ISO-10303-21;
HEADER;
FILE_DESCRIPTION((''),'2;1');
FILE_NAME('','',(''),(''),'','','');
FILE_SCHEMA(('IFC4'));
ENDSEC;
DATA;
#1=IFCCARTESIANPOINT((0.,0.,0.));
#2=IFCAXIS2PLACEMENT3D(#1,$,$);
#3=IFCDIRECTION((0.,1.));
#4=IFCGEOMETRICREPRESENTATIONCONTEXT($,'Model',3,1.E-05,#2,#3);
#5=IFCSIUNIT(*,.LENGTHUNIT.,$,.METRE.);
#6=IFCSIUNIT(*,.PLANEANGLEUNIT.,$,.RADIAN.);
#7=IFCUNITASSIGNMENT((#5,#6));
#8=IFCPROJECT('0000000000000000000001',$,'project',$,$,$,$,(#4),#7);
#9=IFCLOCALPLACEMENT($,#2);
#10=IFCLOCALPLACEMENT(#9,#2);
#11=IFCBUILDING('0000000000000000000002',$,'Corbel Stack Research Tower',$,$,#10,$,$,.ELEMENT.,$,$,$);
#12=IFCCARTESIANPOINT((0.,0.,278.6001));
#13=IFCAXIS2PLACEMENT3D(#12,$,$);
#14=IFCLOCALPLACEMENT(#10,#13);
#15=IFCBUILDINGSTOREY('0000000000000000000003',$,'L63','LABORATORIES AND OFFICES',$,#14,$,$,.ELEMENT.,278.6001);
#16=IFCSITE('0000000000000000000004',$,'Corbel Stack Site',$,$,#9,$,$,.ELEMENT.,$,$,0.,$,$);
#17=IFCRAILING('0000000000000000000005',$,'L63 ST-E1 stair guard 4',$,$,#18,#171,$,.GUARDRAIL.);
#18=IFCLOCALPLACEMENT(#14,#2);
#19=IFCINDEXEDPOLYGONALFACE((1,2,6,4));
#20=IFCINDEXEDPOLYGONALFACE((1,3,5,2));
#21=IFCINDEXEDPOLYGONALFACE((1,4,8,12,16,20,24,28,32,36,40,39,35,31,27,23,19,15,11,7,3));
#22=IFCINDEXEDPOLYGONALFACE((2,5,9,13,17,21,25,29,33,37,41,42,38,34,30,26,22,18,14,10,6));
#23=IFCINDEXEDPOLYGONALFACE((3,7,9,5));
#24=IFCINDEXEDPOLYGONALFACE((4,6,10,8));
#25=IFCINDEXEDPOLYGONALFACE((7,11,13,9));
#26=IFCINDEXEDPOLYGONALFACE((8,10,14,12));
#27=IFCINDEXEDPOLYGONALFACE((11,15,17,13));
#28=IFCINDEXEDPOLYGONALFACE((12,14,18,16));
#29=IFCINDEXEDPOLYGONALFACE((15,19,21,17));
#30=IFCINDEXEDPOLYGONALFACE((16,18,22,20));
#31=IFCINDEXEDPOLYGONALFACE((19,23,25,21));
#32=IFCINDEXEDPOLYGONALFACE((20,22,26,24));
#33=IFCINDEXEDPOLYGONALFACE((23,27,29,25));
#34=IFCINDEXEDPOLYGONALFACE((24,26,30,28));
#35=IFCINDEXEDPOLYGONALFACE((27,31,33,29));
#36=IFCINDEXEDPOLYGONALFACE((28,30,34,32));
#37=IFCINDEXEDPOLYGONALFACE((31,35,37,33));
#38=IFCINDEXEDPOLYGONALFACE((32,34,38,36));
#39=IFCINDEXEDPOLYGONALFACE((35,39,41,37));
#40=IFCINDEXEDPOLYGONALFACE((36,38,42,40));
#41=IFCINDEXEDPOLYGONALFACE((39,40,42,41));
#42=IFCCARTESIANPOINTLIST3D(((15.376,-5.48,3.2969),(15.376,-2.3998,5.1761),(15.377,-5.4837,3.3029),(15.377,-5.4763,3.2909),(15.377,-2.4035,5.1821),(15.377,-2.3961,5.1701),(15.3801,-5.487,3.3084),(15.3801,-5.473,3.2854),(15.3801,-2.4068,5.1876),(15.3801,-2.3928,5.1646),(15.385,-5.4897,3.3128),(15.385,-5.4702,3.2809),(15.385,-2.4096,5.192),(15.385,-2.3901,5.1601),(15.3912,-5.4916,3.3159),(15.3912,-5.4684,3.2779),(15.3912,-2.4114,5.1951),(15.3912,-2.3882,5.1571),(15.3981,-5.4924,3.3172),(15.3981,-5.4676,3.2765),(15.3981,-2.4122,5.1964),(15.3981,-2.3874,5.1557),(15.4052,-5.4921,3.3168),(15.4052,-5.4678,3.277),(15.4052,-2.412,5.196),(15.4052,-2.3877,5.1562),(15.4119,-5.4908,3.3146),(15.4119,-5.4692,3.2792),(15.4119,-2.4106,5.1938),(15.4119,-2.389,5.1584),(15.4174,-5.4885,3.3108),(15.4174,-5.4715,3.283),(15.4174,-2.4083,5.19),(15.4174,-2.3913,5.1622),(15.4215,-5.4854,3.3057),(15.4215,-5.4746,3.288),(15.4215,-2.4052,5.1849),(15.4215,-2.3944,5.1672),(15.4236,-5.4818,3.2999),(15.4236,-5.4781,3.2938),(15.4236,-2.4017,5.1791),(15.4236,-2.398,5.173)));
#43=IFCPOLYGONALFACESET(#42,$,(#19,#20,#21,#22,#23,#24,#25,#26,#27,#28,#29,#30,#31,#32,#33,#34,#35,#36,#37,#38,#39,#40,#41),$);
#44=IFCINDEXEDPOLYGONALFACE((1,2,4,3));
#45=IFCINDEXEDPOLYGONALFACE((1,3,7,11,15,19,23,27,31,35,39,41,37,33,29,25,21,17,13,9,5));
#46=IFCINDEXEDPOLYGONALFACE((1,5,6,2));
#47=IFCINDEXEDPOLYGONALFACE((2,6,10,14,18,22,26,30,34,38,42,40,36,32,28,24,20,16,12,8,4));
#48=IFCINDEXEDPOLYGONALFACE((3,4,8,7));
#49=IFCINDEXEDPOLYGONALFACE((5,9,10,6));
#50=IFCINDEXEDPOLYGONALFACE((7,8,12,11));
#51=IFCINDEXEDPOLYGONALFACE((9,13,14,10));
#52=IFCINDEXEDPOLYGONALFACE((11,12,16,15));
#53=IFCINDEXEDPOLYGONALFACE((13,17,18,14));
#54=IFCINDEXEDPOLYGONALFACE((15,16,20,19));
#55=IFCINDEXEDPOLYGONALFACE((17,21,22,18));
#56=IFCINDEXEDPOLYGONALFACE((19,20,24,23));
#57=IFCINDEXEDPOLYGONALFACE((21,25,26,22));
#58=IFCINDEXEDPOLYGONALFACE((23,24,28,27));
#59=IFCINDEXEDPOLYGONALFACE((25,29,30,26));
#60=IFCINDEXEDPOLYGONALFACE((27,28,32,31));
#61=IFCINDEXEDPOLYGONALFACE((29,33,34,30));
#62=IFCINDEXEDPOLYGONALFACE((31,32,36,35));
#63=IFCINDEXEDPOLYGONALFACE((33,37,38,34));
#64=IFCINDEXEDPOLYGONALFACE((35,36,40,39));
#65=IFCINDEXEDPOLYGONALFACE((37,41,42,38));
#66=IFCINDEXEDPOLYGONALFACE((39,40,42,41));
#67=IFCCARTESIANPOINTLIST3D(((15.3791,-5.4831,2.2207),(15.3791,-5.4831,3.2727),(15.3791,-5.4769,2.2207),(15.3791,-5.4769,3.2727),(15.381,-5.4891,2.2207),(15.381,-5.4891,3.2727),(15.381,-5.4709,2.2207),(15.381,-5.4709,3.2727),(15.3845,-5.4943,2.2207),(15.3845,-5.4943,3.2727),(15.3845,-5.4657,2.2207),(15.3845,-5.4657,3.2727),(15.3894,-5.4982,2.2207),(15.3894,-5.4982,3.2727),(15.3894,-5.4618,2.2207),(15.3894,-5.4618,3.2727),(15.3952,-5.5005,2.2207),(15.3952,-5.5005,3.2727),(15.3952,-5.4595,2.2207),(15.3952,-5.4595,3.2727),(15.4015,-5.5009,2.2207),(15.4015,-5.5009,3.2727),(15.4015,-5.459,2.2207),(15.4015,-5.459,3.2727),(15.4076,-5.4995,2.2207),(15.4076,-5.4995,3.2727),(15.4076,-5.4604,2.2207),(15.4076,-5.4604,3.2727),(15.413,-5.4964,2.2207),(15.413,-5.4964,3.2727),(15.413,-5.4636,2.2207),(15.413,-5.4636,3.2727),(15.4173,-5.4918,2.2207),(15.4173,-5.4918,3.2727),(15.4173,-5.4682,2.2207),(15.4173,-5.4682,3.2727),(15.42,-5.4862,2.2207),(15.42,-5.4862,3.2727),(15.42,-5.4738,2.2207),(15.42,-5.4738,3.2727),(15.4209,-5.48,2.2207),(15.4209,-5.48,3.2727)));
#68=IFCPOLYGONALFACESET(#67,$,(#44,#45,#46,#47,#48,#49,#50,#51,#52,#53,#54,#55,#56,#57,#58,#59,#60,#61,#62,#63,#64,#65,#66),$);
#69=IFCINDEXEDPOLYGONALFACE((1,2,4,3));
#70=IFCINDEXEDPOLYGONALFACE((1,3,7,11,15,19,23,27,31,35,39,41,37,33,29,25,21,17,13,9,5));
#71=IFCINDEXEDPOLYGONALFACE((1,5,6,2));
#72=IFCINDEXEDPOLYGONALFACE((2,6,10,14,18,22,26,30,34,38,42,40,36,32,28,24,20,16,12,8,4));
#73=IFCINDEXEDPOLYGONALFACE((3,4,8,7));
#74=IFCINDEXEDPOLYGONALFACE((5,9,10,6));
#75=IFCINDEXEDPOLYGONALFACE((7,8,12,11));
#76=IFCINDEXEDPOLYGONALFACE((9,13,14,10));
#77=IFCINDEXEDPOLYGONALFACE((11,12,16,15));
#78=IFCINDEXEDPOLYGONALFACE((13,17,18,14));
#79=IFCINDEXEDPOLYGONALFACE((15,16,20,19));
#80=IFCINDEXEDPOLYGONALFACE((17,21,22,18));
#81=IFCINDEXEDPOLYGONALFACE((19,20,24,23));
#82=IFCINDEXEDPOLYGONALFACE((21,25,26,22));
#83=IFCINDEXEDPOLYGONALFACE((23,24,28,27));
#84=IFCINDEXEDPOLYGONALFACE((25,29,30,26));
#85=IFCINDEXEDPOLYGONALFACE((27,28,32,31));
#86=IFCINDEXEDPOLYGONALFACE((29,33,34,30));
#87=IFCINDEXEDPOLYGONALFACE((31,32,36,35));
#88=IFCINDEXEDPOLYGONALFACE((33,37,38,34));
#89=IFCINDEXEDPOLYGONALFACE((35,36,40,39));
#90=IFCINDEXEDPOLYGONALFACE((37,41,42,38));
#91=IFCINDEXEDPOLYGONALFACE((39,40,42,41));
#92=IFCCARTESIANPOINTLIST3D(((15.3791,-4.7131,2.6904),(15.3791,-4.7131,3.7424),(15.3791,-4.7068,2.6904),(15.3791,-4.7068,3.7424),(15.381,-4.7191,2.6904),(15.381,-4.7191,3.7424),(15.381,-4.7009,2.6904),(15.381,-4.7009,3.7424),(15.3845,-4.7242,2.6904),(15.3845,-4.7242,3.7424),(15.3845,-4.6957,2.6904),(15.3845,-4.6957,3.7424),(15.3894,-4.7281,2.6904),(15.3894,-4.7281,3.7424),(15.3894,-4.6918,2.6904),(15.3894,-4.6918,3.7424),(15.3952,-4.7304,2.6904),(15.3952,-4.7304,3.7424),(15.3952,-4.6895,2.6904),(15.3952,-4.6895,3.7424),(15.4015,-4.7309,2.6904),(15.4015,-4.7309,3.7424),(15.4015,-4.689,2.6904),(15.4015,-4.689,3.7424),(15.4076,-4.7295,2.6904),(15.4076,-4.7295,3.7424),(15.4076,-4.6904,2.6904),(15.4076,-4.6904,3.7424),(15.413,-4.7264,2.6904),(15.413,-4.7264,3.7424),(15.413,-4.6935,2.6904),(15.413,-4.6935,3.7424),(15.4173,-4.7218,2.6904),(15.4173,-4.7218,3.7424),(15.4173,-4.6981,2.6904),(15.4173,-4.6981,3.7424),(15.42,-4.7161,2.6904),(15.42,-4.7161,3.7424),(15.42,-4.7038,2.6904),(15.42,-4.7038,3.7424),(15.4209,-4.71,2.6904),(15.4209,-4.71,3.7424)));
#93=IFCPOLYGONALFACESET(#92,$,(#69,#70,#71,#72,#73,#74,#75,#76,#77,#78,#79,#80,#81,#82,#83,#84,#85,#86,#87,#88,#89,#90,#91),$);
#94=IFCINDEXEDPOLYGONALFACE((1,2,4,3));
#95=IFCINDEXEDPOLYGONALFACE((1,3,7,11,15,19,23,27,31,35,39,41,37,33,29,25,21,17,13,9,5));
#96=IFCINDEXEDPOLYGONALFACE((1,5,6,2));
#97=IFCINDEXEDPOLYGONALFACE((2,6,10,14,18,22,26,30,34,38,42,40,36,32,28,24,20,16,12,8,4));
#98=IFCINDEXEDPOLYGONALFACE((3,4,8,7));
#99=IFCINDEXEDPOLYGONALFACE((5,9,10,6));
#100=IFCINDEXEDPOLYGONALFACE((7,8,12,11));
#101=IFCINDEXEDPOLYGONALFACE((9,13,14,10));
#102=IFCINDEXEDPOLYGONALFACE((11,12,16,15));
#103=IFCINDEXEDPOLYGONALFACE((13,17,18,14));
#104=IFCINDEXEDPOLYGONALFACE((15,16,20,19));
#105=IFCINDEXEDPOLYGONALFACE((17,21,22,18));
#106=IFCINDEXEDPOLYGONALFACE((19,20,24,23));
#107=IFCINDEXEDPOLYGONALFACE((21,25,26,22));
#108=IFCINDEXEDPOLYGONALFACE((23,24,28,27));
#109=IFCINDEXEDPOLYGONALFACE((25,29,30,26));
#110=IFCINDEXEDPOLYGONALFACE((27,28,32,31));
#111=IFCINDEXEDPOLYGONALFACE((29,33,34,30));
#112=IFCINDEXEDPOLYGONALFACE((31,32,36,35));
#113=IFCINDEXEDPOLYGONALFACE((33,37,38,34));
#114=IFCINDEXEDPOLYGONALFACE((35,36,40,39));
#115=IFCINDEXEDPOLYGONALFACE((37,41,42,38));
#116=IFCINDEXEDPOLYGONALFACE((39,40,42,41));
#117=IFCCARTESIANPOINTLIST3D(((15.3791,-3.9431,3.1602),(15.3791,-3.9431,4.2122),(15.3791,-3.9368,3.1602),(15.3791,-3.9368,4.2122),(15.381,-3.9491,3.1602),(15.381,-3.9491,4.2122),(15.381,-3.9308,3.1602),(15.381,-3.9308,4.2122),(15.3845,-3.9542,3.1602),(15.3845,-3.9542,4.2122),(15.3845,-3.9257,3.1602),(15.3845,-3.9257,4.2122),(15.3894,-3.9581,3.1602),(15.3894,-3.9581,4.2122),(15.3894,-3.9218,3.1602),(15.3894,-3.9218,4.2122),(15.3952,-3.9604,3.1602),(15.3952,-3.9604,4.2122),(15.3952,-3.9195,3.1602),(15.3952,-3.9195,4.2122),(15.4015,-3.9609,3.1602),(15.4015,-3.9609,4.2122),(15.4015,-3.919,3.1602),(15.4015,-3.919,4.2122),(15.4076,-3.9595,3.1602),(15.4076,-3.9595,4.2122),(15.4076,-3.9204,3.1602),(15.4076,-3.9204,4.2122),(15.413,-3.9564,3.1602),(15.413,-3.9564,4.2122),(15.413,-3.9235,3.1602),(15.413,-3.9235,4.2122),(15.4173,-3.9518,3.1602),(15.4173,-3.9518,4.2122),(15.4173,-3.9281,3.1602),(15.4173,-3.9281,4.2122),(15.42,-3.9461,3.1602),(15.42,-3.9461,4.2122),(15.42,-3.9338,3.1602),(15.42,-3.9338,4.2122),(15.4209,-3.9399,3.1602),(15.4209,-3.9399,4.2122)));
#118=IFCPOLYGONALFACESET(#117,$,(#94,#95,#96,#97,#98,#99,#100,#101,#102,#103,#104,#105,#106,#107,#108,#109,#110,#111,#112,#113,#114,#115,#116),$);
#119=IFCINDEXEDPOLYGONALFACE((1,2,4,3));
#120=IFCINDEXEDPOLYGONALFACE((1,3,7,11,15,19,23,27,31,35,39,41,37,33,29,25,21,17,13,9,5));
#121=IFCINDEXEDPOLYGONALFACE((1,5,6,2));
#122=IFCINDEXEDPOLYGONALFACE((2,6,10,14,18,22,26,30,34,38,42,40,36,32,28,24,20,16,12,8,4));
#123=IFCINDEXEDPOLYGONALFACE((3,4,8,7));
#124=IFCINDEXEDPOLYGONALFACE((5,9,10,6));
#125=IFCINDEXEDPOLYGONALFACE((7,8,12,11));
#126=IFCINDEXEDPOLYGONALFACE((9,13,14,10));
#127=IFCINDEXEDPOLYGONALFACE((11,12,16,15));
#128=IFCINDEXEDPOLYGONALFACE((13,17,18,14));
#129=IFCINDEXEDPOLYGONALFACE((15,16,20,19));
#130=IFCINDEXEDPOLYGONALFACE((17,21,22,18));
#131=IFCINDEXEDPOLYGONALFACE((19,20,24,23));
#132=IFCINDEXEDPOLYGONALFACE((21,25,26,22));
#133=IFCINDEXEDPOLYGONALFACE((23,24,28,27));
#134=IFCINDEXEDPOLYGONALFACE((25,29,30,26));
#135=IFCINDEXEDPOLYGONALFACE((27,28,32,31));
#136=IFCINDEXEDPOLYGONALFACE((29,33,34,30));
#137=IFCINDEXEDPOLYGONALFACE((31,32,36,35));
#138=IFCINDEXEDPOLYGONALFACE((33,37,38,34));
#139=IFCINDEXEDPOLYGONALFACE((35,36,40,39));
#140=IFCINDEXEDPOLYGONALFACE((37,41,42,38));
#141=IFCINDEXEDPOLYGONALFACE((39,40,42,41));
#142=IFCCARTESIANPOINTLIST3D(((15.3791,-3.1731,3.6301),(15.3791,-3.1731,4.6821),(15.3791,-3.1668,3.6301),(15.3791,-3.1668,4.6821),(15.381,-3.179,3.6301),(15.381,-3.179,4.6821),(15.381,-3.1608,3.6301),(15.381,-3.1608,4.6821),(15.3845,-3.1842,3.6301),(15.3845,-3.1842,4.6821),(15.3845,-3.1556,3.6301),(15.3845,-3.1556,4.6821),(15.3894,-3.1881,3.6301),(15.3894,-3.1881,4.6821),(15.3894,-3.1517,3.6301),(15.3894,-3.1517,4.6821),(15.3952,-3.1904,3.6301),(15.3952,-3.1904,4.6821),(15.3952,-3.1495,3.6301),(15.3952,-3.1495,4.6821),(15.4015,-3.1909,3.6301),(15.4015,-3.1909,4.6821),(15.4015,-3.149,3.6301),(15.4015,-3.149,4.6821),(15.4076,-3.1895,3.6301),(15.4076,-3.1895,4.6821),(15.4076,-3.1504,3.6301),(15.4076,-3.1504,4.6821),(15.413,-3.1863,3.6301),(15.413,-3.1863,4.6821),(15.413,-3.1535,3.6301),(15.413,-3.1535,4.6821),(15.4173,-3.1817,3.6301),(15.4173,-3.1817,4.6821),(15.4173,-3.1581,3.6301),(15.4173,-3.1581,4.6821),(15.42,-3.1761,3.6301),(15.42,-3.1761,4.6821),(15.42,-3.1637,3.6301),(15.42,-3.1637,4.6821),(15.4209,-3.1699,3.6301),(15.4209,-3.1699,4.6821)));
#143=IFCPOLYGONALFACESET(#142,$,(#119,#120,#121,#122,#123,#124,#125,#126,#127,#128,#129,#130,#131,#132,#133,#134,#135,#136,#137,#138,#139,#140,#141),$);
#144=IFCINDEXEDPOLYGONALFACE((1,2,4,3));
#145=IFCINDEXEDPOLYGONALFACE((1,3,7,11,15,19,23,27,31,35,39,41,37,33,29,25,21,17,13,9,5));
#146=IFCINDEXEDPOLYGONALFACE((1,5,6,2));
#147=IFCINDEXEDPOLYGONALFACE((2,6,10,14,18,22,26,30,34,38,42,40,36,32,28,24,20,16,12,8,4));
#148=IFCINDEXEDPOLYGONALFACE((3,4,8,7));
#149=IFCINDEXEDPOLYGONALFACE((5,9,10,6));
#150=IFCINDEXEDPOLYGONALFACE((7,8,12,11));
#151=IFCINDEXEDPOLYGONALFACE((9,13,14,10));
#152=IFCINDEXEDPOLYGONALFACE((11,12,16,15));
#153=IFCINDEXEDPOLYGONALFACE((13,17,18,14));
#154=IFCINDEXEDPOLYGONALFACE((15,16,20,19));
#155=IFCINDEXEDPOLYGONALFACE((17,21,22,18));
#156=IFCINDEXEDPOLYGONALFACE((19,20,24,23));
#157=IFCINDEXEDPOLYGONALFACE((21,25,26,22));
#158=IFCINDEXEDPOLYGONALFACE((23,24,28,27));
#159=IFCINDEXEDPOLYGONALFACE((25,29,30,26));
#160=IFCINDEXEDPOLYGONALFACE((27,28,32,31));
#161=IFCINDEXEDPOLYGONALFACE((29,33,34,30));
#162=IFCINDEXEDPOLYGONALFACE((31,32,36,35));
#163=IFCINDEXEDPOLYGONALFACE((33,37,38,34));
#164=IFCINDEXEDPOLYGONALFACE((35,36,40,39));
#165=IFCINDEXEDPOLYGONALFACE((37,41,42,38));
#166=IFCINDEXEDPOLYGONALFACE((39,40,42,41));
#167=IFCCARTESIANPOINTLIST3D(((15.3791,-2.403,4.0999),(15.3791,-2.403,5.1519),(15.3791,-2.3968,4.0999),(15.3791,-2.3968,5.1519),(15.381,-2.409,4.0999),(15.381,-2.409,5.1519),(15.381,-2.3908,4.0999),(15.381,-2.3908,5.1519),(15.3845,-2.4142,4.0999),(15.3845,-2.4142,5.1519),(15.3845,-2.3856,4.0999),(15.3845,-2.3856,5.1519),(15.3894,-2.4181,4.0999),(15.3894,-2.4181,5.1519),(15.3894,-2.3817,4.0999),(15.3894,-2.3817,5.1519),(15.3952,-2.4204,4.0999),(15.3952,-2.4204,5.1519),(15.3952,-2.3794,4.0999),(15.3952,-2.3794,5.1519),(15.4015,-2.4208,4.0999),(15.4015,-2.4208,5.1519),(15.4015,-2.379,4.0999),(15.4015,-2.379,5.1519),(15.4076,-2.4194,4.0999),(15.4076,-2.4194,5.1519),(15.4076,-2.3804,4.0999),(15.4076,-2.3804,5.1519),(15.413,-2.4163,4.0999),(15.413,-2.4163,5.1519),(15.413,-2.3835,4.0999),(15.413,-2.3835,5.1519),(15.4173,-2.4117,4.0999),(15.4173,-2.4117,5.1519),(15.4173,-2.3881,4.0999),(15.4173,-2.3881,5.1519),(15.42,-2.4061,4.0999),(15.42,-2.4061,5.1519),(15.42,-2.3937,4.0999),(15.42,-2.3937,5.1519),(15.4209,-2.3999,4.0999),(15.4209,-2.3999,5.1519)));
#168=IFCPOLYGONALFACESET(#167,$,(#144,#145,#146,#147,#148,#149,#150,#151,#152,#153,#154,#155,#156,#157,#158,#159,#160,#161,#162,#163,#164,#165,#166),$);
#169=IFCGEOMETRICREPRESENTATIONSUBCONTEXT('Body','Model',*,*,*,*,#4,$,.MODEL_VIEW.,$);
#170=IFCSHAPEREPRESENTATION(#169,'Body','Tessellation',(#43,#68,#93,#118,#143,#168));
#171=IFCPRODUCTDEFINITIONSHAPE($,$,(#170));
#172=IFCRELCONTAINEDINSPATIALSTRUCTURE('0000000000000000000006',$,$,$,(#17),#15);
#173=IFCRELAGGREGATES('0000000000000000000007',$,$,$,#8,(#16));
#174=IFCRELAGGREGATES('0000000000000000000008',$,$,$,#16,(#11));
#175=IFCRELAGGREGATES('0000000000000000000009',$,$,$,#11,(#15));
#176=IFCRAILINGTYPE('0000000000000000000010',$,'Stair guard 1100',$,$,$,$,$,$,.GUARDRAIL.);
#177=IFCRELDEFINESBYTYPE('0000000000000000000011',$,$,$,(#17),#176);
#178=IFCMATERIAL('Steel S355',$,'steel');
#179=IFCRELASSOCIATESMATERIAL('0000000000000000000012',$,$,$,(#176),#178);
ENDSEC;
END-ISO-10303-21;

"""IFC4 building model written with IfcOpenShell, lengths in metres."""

from ifc_helpers import new_model, si_unit, direction, frame, origin, origin_2d, place, context, subcontext, project, spatial, circle, extrude, material, type_object, element, save


model = new_model("IFC4")

# Units and contexts
model_context = context("Model", 3, precision=1e-05, world=origin(), true_north=direction((0.0, 1.0)))
body_context = subcontext(model_context, "Body", "Model", "MODEL_VIEW")
ifc_project = project(units=[si_unit("LENGTHUNIT", "METRE"), si_unit("PLANEANGLEUNIT", "RADIAN")], contexts=[model_context])

# Site, building, storey
site_placement = place(None, origin())
site = spatial("IfcSite", under=ifc_project, at=site_placement, Name="Corbel Stack Site", CompositionType="ELEMENT", RefElevation=0.0)
building_placement = place(site_placement, origin())
building = spatial("IfcBuilding", under=site, at=building_placement, Name="Corbel Stack Research Tower", CompositionType="ELEMENT")
storey_placement = place(building_placement, frame((0.0, 0.0, 278.6001)))
storey = spatial("IfcBuildingStorey", under=building, at=storey_placement, Name="L63", Description="LABORATORIES AND OFFICES", CompositionType="ELEMENT", Elevation=278.6001)

# Railing
ifc_material_1 = material(Name="Steel S355", Category="steel")
railing_type_1 = type_object("IfcRailingType", Name="Stair guard 1100", PredefinedType="GUARDRAIL", material=ifc_material_1)
railing_1_placement = place(storey_placement, frame((15.3999, -5.48, 2.2207)))
element("IfcRailing", 1, at=railing_1_placement, inside=storey, type_object=railing_type_1, Name="L63 ST-E1 stair guard 4", PredefinedType="GUARDRAIL", context=body_context, shape_type="SweptSolid", body=[
    extrude(circle(Radius=0.0239, at=origin_2d()), frame((0.0, 0.0, 1.0762), z_axis=(0.0, 0.853666, 0.52082), x_axis=(-1.0, 0.0, 0.0)), (0.0, 0.0, 1.0), 3.6082),
    extrude(circle(Radius=0.021, at=origin_2d()), origin(), (0.0, 0.0, 1.0), 1.052),
    extrude(circle(Radius=0.021, at=origin_2d()), frame((0.0, 0.77, 0.4697)), (0.0, 0.0, 1.0), 1.052),
    extrude(circle(Radius=0.021, at=origin_2d()), frame((0.0, 1.54, 0.9395)), (0.0, 0.0, 1.0), 1.052),
    extrude(circle(Radius=0.021, at=origin_2d()), frame((0.0, 2.3101, 1.4094)), (0.0, 0.0, 1.0), 1.052),
    extrude(circle(Radius=0.021, at=origin_2d()), frame((0.0, 3.0801, 1.8792)), (0.0, 0.0, 1.0), 1.052),
])

save(model, "model.ifc")
